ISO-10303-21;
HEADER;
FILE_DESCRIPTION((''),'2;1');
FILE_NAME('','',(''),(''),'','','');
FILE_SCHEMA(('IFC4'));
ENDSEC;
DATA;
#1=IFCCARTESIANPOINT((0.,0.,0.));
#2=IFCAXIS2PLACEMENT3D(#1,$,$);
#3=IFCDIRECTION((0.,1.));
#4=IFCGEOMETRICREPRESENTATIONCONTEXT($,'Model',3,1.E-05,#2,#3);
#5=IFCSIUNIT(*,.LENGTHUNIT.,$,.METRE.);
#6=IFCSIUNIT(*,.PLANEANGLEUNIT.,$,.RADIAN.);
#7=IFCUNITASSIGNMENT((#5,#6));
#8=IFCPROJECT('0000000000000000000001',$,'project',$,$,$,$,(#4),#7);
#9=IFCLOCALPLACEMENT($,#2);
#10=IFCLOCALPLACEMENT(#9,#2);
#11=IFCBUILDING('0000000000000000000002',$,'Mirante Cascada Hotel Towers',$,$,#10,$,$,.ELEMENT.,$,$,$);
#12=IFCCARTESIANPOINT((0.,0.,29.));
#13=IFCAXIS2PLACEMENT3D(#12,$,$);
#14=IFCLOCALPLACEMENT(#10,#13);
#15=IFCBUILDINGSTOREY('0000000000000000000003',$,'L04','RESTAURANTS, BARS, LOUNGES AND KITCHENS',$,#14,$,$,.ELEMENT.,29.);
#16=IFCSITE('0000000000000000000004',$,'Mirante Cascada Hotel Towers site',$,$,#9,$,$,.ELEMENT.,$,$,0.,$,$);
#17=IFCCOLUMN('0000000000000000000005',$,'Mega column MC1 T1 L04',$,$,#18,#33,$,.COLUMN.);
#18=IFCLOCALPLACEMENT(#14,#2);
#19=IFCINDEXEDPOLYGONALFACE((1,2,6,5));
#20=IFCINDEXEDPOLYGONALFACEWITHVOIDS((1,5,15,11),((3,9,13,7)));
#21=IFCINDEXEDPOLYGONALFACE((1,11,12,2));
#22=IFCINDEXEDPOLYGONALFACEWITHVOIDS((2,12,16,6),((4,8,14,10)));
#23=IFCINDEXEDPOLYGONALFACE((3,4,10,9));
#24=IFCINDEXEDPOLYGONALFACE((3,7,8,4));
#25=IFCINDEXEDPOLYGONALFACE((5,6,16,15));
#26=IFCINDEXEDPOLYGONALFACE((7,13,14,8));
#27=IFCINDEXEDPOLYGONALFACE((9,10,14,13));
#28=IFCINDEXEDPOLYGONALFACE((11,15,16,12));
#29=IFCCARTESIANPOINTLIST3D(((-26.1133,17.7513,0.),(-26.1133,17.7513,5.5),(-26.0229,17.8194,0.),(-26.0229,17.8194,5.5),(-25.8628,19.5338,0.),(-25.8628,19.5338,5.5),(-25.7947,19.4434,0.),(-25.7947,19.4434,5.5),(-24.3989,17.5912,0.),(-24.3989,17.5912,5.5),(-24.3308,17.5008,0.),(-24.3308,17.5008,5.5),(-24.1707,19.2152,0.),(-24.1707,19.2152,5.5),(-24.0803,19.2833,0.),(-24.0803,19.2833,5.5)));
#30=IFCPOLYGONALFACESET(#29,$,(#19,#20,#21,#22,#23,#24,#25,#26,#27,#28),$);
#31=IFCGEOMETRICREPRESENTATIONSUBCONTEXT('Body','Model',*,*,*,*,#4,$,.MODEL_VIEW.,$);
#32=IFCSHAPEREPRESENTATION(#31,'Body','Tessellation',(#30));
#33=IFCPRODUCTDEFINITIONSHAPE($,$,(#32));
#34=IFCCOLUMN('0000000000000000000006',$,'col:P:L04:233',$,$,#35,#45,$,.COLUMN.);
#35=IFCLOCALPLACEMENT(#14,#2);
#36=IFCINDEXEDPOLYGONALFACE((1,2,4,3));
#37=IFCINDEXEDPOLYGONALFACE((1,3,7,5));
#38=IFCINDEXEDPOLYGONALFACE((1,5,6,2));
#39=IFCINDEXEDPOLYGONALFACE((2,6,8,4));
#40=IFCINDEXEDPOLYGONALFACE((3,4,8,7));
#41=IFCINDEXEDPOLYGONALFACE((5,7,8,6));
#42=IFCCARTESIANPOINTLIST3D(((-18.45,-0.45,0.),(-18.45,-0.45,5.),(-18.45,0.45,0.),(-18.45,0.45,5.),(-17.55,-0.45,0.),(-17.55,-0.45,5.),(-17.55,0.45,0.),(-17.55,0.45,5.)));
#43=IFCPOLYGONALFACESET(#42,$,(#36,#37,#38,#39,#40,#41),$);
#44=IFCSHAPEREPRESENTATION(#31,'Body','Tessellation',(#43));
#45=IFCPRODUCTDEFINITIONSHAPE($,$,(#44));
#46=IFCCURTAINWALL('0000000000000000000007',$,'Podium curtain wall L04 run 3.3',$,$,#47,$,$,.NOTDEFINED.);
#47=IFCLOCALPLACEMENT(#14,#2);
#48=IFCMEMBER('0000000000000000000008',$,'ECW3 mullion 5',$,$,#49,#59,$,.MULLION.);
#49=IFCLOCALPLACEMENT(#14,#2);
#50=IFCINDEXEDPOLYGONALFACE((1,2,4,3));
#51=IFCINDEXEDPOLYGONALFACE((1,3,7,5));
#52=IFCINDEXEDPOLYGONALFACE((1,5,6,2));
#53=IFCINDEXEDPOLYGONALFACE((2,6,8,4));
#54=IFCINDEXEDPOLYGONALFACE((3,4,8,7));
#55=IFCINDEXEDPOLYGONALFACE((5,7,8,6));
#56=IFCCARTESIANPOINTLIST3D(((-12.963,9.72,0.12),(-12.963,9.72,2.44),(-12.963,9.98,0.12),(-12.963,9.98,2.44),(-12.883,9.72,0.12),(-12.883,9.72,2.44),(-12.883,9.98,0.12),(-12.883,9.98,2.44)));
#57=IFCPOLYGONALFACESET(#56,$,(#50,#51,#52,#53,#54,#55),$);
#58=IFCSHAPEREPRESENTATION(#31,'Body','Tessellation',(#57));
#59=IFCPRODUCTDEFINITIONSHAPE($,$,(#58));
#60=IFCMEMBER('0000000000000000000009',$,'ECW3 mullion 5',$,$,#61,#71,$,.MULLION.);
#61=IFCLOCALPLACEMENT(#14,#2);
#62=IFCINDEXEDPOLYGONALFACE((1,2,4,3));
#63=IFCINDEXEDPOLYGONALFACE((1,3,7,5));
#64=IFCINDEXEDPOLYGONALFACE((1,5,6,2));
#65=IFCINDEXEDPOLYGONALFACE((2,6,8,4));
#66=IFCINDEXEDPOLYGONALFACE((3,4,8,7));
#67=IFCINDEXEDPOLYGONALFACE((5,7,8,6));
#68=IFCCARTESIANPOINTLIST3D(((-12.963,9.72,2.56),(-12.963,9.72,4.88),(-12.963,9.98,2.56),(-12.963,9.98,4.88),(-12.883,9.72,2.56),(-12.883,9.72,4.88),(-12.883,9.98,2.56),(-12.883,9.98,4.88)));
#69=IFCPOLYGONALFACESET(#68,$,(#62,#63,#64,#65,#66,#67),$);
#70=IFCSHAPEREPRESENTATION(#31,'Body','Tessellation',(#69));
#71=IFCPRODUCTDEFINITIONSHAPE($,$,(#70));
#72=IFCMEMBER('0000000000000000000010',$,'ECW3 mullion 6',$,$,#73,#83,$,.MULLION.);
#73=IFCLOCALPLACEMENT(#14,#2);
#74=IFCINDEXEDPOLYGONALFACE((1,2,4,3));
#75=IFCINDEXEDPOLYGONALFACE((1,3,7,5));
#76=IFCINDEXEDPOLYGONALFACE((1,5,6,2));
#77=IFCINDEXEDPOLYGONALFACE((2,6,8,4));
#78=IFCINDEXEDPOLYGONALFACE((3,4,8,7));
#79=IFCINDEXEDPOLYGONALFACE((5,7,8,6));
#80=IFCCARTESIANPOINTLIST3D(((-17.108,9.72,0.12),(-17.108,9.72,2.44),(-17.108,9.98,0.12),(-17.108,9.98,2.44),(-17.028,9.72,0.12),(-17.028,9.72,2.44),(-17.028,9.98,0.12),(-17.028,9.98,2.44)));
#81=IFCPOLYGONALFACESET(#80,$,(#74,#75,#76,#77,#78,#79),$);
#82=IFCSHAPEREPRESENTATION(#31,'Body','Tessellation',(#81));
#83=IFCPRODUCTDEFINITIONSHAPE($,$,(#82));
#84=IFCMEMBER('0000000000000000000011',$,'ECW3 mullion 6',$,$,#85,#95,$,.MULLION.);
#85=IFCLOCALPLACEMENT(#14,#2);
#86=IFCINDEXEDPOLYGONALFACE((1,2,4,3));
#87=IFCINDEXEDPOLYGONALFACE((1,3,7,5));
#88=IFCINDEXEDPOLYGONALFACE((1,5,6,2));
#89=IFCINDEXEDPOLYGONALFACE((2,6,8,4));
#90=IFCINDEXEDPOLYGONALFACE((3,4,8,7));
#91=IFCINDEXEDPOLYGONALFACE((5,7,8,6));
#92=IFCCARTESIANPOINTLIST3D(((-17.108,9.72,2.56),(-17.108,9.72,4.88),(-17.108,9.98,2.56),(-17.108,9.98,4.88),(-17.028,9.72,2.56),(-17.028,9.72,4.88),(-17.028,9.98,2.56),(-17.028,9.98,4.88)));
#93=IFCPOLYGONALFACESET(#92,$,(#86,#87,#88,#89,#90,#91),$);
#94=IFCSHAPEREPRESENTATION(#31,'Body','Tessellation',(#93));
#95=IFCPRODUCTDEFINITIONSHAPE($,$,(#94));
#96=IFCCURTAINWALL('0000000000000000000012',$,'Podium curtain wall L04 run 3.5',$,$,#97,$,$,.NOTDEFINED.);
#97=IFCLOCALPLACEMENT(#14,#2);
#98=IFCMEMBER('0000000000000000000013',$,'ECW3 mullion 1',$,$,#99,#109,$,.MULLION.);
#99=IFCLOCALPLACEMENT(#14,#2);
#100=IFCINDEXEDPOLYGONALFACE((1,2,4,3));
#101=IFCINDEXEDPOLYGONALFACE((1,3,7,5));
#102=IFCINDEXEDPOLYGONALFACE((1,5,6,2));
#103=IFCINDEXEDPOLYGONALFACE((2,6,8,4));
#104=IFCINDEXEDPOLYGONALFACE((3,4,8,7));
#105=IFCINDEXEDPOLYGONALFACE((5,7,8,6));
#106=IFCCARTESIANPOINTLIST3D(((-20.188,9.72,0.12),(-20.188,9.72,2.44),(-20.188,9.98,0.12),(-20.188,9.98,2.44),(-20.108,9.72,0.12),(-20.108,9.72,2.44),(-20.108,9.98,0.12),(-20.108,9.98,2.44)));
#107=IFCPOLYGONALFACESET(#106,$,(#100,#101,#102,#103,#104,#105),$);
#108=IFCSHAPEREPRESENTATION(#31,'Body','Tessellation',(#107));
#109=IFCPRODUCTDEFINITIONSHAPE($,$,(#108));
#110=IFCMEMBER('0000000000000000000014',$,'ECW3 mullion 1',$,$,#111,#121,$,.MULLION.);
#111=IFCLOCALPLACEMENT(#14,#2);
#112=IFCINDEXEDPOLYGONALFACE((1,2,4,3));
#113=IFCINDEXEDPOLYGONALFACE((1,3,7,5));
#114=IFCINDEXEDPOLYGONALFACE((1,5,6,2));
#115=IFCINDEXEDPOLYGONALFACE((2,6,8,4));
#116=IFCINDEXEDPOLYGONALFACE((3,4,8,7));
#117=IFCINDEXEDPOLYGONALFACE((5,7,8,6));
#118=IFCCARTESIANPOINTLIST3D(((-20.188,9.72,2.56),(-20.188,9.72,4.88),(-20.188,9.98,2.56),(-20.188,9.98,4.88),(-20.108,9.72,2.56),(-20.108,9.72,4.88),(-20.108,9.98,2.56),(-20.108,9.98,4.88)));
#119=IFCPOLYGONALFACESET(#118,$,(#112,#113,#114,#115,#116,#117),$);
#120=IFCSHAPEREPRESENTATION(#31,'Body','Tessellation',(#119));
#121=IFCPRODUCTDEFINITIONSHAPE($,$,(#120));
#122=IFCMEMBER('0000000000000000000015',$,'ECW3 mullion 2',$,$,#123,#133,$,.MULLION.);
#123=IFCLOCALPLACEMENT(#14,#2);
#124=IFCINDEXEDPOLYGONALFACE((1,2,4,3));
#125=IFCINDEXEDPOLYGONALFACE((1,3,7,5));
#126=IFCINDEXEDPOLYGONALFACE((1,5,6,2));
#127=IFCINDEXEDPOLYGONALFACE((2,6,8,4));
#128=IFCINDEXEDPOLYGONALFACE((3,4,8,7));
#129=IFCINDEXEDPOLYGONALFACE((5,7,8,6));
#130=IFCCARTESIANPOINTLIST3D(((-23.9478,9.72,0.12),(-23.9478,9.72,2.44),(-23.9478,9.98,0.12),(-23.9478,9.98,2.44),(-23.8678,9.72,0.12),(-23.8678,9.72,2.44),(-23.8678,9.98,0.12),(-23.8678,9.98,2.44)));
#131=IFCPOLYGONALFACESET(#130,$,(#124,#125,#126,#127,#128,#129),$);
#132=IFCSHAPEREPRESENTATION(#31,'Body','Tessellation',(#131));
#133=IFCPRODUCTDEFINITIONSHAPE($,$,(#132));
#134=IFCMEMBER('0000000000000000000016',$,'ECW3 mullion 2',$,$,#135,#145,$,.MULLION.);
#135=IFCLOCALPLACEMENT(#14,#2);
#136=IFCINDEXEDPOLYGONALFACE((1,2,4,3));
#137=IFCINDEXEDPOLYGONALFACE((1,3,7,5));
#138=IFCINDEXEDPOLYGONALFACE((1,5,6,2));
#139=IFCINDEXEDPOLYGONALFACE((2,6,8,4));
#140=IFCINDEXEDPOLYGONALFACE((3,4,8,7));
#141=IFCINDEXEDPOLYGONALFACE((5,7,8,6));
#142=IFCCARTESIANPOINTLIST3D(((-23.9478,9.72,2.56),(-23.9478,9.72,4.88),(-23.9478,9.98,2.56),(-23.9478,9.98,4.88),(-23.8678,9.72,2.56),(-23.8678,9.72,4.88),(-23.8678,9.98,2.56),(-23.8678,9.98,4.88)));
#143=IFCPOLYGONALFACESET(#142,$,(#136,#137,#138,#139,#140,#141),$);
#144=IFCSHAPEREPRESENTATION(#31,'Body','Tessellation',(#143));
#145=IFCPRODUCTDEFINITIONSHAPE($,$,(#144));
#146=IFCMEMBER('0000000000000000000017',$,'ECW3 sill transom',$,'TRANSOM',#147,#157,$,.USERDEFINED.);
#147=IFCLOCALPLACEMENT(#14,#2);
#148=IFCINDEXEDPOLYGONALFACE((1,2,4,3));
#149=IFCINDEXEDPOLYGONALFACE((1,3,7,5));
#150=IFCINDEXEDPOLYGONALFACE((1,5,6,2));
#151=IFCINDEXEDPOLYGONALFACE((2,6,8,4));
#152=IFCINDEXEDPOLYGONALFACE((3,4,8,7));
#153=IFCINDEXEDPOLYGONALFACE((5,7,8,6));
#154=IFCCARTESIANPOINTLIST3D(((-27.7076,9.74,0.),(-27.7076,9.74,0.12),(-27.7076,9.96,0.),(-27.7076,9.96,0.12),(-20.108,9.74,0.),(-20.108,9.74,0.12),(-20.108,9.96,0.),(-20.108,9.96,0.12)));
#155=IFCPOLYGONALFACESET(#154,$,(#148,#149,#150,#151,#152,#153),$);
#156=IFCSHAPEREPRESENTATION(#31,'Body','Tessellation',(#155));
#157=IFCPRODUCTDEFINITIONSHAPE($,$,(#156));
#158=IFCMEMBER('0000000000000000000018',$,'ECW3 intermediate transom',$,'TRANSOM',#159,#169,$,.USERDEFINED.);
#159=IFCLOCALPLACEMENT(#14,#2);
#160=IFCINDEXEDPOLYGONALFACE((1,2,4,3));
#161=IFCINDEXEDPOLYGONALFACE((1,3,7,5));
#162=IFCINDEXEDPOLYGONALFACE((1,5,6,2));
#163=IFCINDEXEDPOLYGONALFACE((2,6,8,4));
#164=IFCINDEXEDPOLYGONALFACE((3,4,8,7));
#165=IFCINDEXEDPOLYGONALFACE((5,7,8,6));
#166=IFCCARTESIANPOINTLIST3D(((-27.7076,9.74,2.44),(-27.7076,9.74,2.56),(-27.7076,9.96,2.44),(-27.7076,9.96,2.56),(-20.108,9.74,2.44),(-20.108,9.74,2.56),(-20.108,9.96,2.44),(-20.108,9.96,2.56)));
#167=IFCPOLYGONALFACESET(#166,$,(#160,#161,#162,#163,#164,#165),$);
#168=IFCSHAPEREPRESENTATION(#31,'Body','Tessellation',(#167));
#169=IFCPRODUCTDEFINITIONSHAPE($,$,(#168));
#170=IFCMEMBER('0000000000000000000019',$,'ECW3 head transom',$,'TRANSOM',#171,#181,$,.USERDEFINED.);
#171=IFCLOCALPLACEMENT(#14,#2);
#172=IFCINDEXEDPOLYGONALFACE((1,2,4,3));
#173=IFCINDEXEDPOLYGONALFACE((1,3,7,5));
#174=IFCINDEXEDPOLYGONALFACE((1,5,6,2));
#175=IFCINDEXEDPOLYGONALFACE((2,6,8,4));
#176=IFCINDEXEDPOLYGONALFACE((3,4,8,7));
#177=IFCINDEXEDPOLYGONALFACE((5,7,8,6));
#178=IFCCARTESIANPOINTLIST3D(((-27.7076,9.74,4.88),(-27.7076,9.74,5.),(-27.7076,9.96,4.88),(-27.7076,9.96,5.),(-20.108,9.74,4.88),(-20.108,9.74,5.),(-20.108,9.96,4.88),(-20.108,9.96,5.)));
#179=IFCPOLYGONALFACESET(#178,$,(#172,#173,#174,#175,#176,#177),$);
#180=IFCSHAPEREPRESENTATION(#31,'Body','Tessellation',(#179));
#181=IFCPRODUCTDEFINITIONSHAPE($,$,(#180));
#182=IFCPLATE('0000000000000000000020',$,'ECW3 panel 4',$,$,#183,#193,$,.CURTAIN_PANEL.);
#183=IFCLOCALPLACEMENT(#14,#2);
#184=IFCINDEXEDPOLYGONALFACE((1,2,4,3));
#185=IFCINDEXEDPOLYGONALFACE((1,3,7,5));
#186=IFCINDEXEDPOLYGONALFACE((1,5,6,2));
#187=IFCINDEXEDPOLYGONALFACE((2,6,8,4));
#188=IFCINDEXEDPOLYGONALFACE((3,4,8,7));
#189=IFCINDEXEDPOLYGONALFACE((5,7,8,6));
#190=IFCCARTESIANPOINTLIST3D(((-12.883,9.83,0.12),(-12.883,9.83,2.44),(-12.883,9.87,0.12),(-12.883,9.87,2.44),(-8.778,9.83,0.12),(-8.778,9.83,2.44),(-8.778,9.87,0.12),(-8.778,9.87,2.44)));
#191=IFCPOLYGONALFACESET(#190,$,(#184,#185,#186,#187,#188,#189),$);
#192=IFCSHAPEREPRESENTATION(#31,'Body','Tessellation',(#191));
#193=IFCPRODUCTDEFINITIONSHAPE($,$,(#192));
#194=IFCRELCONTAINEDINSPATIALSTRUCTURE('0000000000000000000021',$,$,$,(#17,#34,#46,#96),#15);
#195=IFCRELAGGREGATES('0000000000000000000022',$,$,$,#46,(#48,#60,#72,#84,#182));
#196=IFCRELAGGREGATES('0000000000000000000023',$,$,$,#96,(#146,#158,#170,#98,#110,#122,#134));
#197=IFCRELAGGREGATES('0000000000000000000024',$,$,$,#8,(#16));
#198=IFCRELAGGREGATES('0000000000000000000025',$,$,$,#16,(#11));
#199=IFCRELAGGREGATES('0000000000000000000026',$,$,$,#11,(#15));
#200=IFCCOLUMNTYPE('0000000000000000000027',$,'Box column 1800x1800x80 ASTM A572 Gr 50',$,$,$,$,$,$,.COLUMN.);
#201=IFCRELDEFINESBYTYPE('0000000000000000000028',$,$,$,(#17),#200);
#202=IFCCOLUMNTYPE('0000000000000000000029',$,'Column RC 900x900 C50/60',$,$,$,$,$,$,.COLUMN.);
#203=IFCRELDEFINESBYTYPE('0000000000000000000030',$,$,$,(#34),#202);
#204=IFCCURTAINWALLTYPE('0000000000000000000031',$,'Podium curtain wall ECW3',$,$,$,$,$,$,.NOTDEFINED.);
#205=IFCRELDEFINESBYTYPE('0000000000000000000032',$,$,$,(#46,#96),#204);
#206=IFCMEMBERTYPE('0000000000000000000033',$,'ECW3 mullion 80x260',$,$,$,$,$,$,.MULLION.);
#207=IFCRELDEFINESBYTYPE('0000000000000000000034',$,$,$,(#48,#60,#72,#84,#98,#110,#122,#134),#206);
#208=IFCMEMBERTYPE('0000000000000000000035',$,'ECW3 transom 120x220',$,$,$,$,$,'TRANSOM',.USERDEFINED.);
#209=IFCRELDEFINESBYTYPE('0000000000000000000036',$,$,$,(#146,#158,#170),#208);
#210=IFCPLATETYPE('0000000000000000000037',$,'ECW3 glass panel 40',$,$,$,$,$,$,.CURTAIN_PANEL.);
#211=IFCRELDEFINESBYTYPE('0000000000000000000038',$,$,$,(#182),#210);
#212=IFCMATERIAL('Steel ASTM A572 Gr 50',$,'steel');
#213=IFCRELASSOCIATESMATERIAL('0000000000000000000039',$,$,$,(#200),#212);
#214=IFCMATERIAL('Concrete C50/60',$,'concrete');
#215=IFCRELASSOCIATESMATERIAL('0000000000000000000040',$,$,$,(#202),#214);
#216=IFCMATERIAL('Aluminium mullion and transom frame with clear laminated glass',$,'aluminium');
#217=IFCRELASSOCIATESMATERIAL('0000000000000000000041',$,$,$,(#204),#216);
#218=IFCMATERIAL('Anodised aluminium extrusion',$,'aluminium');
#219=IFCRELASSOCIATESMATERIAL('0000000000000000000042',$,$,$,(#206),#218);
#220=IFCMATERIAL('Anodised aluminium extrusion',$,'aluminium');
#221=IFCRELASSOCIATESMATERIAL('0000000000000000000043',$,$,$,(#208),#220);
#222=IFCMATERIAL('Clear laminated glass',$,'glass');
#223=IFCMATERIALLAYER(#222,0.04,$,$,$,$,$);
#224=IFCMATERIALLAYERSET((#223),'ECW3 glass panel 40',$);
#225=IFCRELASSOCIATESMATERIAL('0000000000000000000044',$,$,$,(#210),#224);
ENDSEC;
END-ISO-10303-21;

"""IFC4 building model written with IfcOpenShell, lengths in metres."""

from ifc_helpers import new_model, si_unit, direction, frame, origin, origin_2d, place, context, subcontext, project, spatial, rectangle, hollow_rectangle, extrude, material, layer, layer_set, material_profile, profile_set, type_object, element, aggregate, save


model = new_model("IFC4")

# Units and contexts
model_context = context("Model", 3, precision=1e-05, world=origin(), true_north=direction((0.0, 1.0)))
body_context = subcontext(model_context, "Body", "Model", "MODEL_VIEW")
ifc_project = project(units=[si_unit("LENGTHUNIT", "METRE"), si_unit("PLANEANGLEUNIT", "RADIAN")], contexts=[model_context])

# Site, building, storey
site_placement = place(None, origin())
site = spatial("IfcSite", under=ifc_project, at=site_placement, Name="Mirante Cascada Hotel Towers site", CompositionType="ELEMENT", RefElevation=0.0)
building_placement = place(site_placement, origin())
building = spatial("IfcBuilding", under=site, at=building_placement, Name="Mirante Cascada Hotel Towers", CompositionType="ELEMENT")
storey_placement = place(building_placement, frame((0.0, 0.0, 29.0)))
storey = spatial("IfcBuildingStorey", under=building, at=storey_placement, Name="L04", Description="RESTAURANTS, BARS, LOUNGES AND KITCHENS", CompositionType="ELEMENT", Elevation=29.0)

# Columns
ifc_material_1 = material(Name="Steel ASTM A572 Gr 50", Category="steel")
ifc_material_profile_1 = material_profile(ifc_material_1, hollow_rectangle(XDim=1.8, YDim=1.8, WallThickness=0.08, at=origin_2d()), Name="Box column 1800x1800x80 ASTM A572 Gr 50")
ifc_profile_set_1 = profile_set([ifc_material_profile_1], Name="Steel ASTM A572 Gr 50")
column_type_1 = type_object("IfcColumnType", Name="Box column 1800x1800x80 ASTM A572 Gr 50", PredefinedType="COLUMN", material=ifc_profile_set_1)
column_1_placement = place(storey_placement, frame((-25.0968, 18.5173, 0.0), z_axis=(0.0, 0.0, 1.0), x_axis=(-0.990268, 0.139173, 0.0)))
element("IfcColumn", 1, at=column_1_placement, inside=storey, type_object=column_type_1, Name="Mega column MC1 T1 L04", PredefinedType="COLUMN", context=body_context, shape_type="SweptSolid", body=[
    extrude(hollow_rectangle(XDim=1.8, YDim=1.8, WallThickness=0.08, at=origin_2d()), origin(), (0.0, 0.0, 1.0), 5.5),
])
ifc_material_2 = material(Name="Concrete C50/60", Category="concrete")
ifc_material_profile_2 = material_profile(ifc_material_2, rectangle(XDim=0.9, YDim=0.9, at=origin_2d()), Name="RC 900x900")
ifc_profile_set_2 = profile_set([ifc_material_profile_2], Name="Concrete C50/60")
column_type_2 = type_object("IfcColumnType", Name="Column RC 900x900 C50/60", PredefinedType="COLUMN", material=ifc_profile_set_2)
column_2_placement = place(storey_placement, frame((-18.0, 0.0, 0.0), z_axis=(0.0, 0.0, 1.0), x_axis=(1.0, 0.0, 0.0)))
element("IfcColumn", 2, at=column_2_placement, inside=storey, type_object=column_type_2, Name="col:P:L04:233", PredefinedType="COLUMN", context=body_context, shape_type="SweptSolid", body=[
    extrude(rectangle(XDim=0.9, YDim=0.9, at=origin_2d()), origin(), (0.0, 0.0, 1.0), 5.0),
])

# Curtain walls, members
ifc_material_3 = material(Name="Aluminium mullion and transom frame with clear laminated glass", Category="aluminium")
curtain_wall_type = type_object("IfcCurtainWallType", Name="Podium curtain wall ECW3", PredefinedType="NOTDEFINED", material=ifc_material_3)
curtain_wall_1_placement = place(storey_placement, origin())
curtain_wall_1 = element("IfcCurtainWall", 3, at=curtain_wall_1_placement, inside=storey, type_object=curtain_wall_type, Name="Podium curtain wall L04 run 3.3", PredefinedType="NOTDEFINED")
ifc_material_4 = material(Name="Anodised aluminium extrusion", Category="aluminium")
ifc_material_profile_3 = material_profile(ifc_material_4, rectangle(XDim=0.26, YDim=0.08, at=origin_2d()), Name="ECW3 MULLION 80x260")
ifc_profile_set_3 = profile_set([ifc_material_profile_3], Name="Anodised aluminium extrusion")
member_type_1 = type_object("IfcMemberType", Name="ECW3 mullion 80x260", PredefinedType="MULLION", material=ifc_profile_set_3)
member_1_placement = place(storey_placement, frame((-12.923, 9.85, 0.12), z_axis=(0.0, 0.0, 1.0), x_axis=(0.0, -1.0, 0.0)))
member_1 = element("IfcMember", 4, at=member_1_placement, type_object=member_type_1, Name="ECW3 mullion 5", PredefinedType="MULLION", context=body_context, shape_type="SweptSolid", body=[
    extrude(rectangle(XDim=0.26, YDim=0.08, at=origin_2d()), origin(), (0.0, 0.0, 1.0), 2.32),
])
member_2_placement = place(storey_placement, frame((-12.923, 9.85, 2.56), z_axis=(0.0, 0.0, 1.0), x_axis=(0.0, -1.0, 0.0)))
member_2 = element("IfcMember", 5, at=member_2_placement, type_object=member_type_1, Name="ECW3 mullion 5", PredefinedType="MULLION", context=body_context, shape_type="SweptSolid", body=[
    extrude(rectangle(XDim=0.26, YDim=0.08, at=origin_2d()), origin(), (0.0, 0.0, 1.0), 2.32),
])
member_3_placement = place(storey_placement, frame((-17.068, 9.85, 0.12), z_axis=(0.0, 0.0, 1.0), x_axis=(0.0, -1.0, 0.0)))
member_3 = element("IfcMember", 6, at=member_3_placement, type_object=member_type_1, Name="ECW3 mullion 6", PredefinedType="MULLION", context=body_context, shape_type="SweptSolid", body=[
    extrude(rectangle(XDim=0.26, YDim=0.08, at=origin_2d()), origin(), (0.0, 0.0, 1.0), 2.32),
])
member_4_placement = place(storey_placement, frame((-17.068, 9.85, 2.56), z_axis=(0.0, 0.0, 1.0), x_axis=(0.0, -1.0, 0.0)))
member_4 = element("IfcMember", 7, at=member_4_placement, type_object=member_type_1, Name="ECW3 mullion 6", PredefinedType="MULLION", context=body_context, shape_type="SweptSolid", body=[
    extrude(rectangle(XDim=0.26, YDim=0.08, at=origin_2d()), origin(), (0.0, 0.0, 1.0), 2.32),
])
curtain_wall_2_placement = place(storey_placement, origin())
curtain_wall_2 = element("IfcCurtainWall", 8, at=curtain_wall_2_placement, inside=storey, type_object=curtain_wall_type, Name="Podium curtain wall L04 run 3.5", PredefinedType="NOTDEFINED")
member_5_placement = place(storey_placement, frame((-20.148, 9.85, 0.12), z_axis=(0.0, 0.0, 1.0), x_axis=(0.0, -1.0, 0.0)))
member_5 = element("IfcMember", 9, at=member_5_placement, type_object=member_type_1, Name="ECW3 mullion 1", PredefinedType="MULLION", context=body_context, shape_type="SweptSolid", body=[
    extrude(rectangle(XDim=0.26, YDim=0.08, at=origin_2d()), origin(), (0.0, 0.0, 1.0), 2.32),
])
member_6_placement = place(storey_placement, frame((-20.148, 9.85, 2.56), z_axis=(0.0, 0.0, 1.0), x_axis=(0.0, -1.0, 0.0)))
member_6 = element("IfcMember", 10, at=member_6_placement, type_object=member_type_1, Name="ECW3 mullion 1", PredefinedType="MULLION", context=body_context, shape_type="SweptSolid", body=[
    extrude(rectangle(XDim=0.26, YDim=0.08, at=origin_2d()), origin(), (0.0, 0.0, 1.0), 2.32),
])
member_7_placement = place(storey_placement, frame((-23.9078, 9.85, 0.12), z_axis=(0.0, 0.0, 1.0), x_axis=(0.0, -1.0, 0.0)))
member_7 = element("IfcMember", 11, at=member_7_placement, type_object=member_type_1, Name="ECW3 mullion 2", PredefinedType="MULLION", context=body_context, shape_type="SweptSolid", body=[
    extrude(rectangle(XDim=0.26, YDim=0.08, at=origin_2d()), origin(), (0.0, 0.0, 1.0), 2.32),
])
member_8_placement = place(storey_placement, frame((-23.9078, 9.85, 2.56), z_axis=(0.0, 0.0, 1.0), x_axis=(0.0, -1.0, 0.0)))
member_8 = element("IfcMember", 12, at=member_8_placement, type_object=member_type_1, Name="ECW3 mullion 2", PredefinedType="MULLION", context=body_context, shape_type="SweptSolid", body=[
    extrude(rectangle(XDim=0.26, YDim=0.08, at=origin_2d()), origin(), (0.0, 0.0, 1.0), 2.32),
])
ifc_material_5 = material(Name="Anodised aluminium extrusion", Category="aluminium")
ifc_material_profile_4 = material_profile(ifc_material_5, rectangle(XDim=0.22, YDim=0.12, at=origin_2d()), Name="ECW3 TRANSOM 120x220")
ifc_profile_set_4 = profile_set([ifc_material_profile_4], Name="Anodised aluminium extrusion")
member_type_2 = type_object("IfcMemberType", Name="ECW3 transom 120x220", ElementType="TRANSOM", PredefinedType="USERDEFINED", material=ifc_profile_set_4)
member_9_placement = place(storey_placement, frame((-20.108, 9.85, 0.06), z_axis=(-1.0, 0.0, 0.0), x_axis=(0.0, -1.0, 0.0)))
member_9 = element("IfcMember", 13, at=member_9_placement, type_object=member_type_2, Name="ECW3 sill transom", ObjectType="TRANSOM", PredefinedType="USERDEFINED", context=body_context, shape_type="SweptSolid", body=[
    extrude(rectangle(XDim=0.22, YDim=0.12, at=origin_2d()), origin(), (0.0, 0.0, 1.0), 7.5996),
])
member_10_placement = place(storey_placement, frame((-20.108, 9.85, 2.5), z_axis=(-1.0, 0.0, 0.0), x_axis=(0.0, -1.0, 0.0)))
member_10 = element("IfcMember", 14, at=member_10_placement, type_object=member_type_2, Name="ECW3 intermediate transom", ObjectType="TRANSOM", PredefinedType="USERDEFINED", context=body_context, shape_type="SweptSolid", body=[
    extrude(rectangle(XDim=0.22, YDim=0.12, at=origin_2d()), origin(), (0.0, 0.0, 1.0), 7.5996),
])
member_11_placement = place(storey_placement, frame((-20.108, 9.85, 4.94), z_axis=(-1.0, 0.0, 0.0), x_axis=(0.0, -1.0, 0.0)))
member_11 = element("IfcMember", 15, at=member_11_placement, type_object=member_type_2, Name="ECW3 head transom", ObjectType="TRANSOM", PredefinedType="USERDEFINED", context=body_context, shape_type="SweptSolid", body=[
    extrude(rectangle(XDim=0.22, YDim=0.12, at=origin_2d()), origin(), (0.0, 0.0, 1.0), 7.5996),
])

# Plate
ifc_material_6 = material(Name="Clear laminated glass", Category="glass")
ifc_layer_1 = layer(ifc_material_6, 0.04)
ifc_layer_set_1 = layer_set([ifc_layer_1], Name="ECW3 glass panel 40")
plate_type = type_object("IfcPlateType", Name="ECW3 glass panel 40", PredefinedType="CURTAIN_PANEL", material=ifc_layer_set_1)
plate_1_placement = place(storey_placement, frame((-10.8305, 9.85, 0.12), z_axis=(0.0, 0.0, 1.0), x_axis=(-1.0, 0.0, 0.0)))
plate_1 = element("IfcPlate", 16, at=plate_1_placement, type_object=plate_type, Name="ECW3 panel 4", PredefinedType="CURTAIN_PANEL", context=body_context, shape_type="SweptSolid", body=[
    extrude(rectangle(XDim=4.105, YDim=0.04, at=origin_2d()), origin(), (0.0, 0.0, 1.0), 2.32),
])
aggregate(curtain_wall_1, [member_1, member_2, member_3, member_4, plate_1])
aggregate(curtain_wall_2, [member_9, member_10, member_11, member_5, member_6, member_7, member_8])

save(model, "model.ifc")
